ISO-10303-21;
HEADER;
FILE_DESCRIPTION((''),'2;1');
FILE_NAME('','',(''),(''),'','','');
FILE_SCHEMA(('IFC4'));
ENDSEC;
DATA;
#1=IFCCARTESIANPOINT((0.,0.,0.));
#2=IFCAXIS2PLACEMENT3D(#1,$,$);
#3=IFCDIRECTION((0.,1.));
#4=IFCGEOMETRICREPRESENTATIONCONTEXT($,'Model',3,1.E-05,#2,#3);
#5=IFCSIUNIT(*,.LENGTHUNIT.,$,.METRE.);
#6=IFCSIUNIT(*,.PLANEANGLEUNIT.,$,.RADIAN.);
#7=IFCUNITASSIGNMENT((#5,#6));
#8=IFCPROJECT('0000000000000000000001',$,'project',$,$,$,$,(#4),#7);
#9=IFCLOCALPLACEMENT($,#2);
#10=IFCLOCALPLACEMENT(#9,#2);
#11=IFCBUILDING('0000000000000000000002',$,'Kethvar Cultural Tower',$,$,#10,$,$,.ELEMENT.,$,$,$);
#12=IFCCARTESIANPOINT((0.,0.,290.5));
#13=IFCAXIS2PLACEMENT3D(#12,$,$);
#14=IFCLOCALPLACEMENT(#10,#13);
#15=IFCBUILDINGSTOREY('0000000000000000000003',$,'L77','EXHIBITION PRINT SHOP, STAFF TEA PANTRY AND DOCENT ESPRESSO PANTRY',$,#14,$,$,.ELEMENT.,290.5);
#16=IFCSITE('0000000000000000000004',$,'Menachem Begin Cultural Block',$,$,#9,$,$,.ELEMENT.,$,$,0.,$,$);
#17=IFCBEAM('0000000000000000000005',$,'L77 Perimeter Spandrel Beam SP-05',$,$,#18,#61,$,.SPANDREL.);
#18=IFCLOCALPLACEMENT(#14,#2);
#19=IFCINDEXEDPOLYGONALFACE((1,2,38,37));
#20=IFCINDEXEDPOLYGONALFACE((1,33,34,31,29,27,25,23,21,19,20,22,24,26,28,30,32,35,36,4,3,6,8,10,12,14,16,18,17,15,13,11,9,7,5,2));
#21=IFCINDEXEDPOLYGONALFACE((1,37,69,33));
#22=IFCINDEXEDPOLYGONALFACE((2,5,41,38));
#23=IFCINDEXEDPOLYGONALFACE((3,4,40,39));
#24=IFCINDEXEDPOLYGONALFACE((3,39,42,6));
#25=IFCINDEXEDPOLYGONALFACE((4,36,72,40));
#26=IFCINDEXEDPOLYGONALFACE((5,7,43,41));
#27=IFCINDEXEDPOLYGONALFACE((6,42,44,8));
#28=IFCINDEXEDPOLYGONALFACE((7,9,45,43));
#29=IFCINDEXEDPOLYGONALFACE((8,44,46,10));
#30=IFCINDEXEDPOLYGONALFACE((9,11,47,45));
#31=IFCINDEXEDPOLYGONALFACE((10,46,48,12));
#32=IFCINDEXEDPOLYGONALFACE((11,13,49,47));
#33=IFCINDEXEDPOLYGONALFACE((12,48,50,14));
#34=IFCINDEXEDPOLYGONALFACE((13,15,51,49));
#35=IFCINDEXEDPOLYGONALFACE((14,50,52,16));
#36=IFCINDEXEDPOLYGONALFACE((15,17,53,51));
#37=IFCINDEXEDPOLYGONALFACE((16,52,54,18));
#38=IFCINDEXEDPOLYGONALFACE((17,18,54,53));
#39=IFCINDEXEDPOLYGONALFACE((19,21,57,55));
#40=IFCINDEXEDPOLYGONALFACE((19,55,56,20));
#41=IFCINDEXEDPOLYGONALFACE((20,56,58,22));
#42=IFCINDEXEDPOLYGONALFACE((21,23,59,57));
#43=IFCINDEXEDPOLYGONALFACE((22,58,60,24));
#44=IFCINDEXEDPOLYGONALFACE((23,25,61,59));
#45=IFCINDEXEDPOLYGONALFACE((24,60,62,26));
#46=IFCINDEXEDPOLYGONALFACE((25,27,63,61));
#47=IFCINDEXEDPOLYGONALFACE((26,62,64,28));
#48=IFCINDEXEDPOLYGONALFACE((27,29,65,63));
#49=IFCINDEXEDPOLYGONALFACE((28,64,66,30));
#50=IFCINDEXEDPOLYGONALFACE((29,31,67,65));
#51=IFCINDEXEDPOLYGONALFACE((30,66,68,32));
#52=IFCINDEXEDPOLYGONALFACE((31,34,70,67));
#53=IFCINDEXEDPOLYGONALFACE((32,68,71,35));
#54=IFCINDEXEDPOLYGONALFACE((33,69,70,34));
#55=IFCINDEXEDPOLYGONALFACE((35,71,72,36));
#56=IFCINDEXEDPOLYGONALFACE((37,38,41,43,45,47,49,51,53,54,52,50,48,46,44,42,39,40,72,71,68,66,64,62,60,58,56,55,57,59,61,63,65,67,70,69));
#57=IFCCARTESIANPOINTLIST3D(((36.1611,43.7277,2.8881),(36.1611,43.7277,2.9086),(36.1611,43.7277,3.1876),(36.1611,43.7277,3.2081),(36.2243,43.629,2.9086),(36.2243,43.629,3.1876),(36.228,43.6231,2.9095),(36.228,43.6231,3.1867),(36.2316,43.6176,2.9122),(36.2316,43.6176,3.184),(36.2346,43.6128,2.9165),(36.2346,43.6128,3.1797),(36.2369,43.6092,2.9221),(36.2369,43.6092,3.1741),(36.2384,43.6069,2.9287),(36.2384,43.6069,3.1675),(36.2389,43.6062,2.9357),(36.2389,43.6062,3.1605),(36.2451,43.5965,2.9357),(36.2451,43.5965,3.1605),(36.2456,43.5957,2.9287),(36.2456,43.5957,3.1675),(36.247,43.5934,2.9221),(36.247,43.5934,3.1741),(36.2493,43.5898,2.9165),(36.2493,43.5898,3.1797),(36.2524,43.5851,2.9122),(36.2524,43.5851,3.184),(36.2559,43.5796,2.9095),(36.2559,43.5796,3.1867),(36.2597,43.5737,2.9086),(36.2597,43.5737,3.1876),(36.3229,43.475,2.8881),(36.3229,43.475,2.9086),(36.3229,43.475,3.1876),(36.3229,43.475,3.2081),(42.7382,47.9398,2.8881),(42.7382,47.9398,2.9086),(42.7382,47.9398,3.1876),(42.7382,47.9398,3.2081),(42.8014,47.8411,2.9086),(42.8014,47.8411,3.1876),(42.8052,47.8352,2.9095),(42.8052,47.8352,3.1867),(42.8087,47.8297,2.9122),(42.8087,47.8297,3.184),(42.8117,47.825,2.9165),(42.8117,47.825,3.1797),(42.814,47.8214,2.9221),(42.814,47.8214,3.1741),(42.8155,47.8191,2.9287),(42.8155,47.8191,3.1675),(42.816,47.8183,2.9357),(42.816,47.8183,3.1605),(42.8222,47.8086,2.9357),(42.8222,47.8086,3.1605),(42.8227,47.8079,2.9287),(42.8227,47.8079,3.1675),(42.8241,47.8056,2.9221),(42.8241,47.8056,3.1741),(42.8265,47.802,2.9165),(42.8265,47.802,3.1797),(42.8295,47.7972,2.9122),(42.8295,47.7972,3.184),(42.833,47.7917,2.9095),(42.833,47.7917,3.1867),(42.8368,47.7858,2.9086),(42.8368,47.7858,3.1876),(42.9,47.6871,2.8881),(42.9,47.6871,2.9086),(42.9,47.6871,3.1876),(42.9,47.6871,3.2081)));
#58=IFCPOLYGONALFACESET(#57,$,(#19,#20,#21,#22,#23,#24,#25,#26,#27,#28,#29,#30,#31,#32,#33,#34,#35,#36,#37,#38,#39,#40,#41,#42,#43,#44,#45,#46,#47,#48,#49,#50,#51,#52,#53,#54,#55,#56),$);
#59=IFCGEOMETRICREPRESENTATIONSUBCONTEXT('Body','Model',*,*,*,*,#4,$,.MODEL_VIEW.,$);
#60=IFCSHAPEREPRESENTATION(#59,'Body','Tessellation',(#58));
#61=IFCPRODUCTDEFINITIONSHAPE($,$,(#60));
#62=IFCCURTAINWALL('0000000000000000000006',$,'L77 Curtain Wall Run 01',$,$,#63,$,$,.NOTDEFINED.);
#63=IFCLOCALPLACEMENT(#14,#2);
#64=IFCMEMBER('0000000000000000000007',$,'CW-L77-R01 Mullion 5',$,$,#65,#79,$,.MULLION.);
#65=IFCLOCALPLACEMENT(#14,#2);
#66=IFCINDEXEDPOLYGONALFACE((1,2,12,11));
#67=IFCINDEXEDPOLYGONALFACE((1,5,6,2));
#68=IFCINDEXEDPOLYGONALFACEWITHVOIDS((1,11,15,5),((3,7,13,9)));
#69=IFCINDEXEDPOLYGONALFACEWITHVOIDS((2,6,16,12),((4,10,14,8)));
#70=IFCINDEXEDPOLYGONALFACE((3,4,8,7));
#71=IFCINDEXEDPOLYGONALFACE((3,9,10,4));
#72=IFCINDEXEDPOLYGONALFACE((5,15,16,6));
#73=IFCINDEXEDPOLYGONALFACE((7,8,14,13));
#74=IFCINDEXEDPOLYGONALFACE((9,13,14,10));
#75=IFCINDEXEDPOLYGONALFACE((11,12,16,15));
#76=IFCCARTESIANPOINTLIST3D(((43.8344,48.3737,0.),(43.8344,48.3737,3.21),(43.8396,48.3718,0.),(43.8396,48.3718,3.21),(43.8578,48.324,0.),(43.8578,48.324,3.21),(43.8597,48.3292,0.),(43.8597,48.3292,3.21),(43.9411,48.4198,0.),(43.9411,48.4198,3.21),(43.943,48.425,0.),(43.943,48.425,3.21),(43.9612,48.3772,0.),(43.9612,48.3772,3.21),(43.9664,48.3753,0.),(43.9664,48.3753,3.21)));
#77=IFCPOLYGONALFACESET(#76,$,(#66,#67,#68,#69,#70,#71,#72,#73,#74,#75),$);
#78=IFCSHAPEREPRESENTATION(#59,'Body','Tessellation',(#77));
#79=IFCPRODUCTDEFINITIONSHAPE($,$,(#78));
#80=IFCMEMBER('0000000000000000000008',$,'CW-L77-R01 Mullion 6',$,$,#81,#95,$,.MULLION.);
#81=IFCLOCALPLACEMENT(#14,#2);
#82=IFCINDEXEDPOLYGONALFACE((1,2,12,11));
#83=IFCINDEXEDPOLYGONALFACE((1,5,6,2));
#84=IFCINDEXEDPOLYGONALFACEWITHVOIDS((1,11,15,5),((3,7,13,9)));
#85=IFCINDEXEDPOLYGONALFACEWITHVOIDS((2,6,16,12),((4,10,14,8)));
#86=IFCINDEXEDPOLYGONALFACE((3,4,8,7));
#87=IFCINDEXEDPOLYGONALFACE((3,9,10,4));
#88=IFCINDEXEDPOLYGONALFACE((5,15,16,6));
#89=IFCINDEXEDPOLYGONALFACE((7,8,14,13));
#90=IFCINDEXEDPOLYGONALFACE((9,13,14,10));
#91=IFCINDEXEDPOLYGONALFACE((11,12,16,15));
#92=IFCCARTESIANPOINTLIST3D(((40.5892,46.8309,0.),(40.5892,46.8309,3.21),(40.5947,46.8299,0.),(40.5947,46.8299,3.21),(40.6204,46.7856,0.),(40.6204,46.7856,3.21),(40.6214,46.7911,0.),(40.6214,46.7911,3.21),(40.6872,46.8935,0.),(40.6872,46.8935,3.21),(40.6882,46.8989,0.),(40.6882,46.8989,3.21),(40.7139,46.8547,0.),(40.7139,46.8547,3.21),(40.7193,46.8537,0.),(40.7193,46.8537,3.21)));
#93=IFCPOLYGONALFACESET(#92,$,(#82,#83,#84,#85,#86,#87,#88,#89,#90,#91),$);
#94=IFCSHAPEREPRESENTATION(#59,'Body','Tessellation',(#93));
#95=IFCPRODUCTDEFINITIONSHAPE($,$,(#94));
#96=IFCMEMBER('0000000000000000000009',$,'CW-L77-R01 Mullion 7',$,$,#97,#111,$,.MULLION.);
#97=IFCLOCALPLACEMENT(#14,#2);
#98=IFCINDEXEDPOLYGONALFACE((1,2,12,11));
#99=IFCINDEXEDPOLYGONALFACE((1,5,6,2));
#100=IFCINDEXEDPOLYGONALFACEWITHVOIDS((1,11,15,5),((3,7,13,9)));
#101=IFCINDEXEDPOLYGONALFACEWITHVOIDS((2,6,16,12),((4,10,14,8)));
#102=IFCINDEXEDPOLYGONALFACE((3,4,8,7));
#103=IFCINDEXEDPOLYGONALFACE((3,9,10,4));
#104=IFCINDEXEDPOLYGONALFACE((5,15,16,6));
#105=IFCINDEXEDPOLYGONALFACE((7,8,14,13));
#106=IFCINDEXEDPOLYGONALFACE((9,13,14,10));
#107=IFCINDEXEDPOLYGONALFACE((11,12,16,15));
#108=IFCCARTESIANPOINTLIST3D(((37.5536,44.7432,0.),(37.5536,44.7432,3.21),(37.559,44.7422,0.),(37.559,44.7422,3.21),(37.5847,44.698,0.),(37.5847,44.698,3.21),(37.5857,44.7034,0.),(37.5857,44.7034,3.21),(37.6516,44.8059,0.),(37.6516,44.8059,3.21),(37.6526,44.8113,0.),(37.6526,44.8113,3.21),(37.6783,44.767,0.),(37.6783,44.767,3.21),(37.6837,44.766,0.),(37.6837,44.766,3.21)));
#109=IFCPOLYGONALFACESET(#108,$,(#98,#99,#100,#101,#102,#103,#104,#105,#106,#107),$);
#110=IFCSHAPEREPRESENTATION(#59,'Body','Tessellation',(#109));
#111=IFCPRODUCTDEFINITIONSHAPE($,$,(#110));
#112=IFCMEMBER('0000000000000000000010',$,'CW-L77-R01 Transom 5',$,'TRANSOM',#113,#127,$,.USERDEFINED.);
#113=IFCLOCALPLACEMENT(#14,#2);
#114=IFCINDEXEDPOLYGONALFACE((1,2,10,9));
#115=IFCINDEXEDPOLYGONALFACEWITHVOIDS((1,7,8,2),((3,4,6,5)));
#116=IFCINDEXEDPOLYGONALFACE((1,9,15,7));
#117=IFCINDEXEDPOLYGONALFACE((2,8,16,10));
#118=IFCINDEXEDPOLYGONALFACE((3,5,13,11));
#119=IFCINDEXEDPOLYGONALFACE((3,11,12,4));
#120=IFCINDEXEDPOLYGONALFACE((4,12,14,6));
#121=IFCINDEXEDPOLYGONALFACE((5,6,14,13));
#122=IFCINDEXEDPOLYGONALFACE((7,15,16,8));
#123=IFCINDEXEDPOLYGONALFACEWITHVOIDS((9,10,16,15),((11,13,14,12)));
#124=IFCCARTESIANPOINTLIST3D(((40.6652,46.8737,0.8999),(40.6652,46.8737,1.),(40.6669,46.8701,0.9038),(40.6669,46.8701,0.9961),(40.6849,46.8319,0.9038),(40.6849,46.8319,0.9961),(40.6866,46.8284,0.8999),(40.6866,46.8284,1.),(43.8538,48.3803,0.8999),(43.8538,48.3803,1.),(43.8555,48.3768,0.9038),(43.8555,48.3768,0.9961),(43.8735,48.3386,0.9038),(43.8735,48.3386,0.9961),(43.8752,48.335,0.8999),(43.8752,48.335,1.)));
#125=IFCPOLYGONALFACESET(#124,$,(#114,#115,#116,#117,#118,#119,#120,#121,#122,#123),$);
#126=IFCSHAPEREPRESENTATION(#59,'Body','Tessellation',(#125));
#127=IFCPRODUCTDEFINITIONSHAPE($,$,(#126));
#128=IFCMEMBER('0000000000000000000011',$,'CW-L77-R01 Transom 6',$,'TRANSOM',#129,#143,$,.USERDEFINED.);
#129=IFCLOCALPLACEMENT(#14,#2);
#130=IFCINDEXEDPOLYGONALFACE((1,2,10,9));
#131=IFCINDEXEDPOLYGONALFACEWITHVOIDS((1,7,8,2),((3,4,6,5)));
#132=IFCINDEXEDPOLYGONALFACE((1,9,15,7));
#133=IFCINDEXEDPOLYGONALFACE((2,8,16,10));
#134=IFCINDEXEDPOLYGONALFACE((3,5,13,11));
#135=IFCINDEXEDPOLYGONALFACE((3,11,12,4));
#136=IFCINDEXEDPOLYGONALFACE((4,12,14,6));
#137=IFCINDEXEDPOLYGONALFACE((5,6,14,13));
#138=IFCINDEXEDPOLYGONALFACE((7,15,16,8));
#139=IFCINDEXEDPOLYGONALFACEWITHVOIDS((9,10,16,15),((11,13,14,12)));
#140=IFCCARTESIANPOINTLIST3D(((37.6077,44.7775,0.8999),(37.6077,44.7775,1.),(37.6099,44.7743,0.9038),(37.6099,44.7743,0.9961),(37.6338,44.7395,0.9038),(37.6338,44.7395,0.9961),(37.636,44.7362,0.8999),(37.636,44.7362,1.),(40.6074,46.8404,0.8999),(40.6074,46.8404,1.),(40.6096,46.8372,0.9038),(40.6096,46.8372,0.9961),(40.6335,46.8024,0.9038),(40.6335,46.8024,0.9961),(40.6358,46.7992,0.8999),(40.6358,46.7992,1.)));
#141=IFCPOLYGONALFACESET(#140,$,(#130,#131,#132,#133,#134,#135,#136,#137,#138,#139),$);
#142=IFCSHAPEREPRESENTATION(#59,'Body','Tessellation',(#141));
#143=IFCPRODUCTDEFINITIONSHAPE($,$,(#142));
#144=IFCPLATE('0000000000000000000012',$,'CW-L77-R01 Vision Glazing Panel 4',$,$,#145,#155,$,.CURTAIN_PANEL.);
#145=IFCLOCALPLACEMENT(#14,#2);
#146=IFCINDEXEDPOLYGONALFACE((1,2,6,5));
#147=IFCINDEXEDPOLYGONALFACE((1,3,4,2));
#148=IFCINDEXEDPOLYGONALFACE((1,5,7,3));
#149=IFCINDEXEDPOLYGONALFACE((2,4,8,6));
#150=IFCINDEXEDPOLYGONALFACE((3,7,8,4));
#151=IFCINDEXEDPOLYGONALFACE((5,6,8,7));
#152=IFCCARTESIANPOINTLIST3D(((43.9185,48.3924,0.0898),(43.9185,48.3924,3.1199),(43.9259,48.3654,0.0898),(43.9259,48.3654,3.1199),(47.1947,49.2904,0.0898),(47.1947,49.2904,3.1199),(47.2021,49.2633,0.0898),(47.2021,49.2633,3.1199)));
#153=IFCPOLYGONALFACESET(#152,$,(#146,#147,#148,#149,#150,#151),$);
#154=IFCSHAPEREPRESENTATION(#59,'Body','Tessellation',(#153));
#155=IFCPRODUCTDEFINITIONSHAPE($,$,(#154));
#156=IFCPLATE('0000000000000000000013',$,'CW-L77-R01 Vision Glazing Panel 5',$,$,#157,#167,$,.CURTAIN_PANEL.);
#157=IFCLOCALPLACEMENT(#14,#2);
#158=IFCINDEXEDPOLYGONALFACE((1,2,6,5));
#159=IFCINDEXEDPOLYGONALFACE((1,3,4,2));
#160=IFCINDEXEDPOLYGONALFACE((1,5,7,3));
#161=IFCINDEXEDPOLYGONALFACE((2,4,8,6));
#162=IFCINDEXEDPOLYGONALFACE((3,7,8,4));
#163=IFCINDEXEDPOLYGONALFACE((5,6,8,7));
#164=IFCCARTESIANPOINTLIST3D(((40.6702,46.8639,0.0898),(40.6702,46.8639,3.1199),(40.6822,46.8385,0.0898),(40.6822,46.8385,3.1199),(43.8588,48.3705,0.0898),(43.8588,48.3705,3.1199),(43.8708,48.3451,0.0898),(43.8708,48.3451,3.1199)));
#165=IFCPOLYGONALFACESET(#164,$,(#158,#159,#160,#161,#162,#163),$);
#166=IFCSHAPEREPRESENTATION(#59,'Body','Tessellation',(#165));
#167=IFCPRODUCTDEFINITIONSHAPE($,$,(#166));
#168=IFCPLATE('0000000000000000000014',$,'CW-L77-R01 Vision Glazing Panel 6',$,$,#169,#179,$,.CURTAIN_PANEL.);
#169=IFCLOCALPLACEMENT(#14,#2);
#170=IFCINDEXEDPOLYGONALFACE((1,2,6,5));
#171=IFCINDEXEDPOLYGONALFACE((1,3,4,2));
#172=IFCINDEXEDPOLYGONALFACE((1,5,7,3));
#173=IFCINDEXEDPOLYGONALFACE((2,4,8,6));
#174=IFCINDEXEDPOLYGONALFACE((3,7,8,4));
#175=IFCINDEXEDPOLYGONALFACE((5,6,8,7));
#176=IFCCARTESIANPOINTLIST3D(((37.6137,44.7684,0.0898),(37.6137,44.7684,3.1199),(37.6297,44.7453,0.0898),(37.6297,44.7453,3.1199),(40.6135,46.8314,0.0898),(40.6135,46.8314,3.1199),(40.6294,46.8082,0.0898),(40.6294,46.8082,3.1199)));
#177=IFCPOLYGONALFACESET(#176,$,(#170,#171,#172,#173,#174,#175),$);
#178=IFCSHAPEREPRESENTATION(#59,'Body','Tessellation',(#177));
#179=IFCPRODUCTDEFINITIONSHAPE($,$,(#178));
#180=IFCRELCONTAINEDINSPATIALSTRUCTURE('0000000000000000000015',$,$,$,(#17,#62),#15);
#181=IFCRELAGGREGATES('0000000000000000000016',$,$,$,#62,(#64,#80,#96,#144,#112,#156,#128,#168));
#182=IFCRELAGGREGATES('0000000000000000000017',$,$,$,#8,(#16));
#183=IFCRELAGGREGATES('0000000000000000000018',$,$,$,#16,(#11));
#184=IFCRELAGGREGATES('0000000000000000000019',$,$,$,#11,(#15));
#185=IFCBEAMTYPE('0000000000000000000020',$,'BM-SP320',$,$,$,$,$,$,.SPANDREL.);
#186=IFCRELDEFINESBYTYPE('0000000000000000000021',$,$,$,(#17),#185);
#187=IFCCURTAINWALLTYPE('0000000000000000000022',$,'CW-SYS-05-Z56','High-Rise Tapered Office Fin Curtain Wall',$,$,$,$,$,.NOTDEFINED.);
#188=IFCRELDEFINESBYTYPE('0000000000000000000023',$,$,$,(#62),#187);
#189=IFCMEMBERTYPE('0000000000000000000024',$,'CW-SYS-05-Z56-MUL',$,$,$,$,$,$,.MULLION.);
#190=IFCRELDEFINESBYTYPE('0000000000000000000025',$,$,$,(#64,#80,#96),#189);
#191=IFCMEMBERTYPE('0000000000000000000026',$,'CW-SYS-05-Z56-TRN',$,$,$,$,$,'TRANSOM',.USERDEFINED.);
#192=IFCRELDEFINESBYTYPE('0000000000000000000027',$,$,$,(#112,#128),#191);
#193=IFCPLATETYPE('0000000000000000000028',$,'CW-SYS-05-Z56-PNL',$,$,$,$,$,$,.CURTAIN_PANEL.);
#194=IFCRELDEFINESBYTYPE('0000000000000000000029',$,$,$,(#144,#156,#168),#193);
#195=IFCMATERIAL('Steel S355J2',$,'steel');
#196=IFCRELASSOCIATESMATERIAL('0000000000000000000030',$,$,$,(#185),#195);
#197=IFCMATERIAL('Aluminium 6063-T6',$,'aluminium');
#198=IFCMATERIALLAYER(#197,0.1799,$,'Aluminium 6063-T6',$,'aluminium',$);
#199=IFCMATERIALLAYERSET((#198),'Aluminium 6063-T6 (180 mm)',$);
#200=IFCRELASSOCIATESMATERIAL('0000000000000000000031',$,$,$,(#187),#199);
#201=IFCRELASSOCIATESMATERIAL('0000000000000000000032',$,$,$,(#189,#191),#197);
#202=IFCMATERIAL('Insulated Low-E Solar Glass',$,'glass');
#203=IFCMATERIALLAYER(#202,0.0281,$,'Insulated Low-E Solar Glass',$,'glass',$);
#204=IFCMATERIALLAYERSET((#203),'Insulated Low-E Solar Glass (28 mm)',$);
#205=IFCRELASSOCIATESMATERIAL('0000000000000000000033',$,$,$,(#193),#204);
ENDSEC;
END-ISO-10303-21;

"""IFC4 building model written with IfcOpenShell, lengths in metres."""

from ifc_helpers import new_model, si_unit, direction, frame, origin, origin_2d, place, context, subcontext, project, spatial, rectangle, hollow_rectangle, i_section, extrude, source, transform, mapped, material, layer, layer_set, material_profile, profile_set, type_object, element, aggregate, save


model = new_model("IFC4")

# Units and contexts
model_context = context("Model", 3, precision=1e-05, world=origin(), true_north=direction((0.0, 1.0)))
body_context = subcontext(model_context, "Body", "Model", "MODEL_VIEW")
ifc_project = project(units=[si_unit("LENGTHUNIT", "METRE"), si_unit("PLANEANGLEUNIT", "RADIAN")], contexts=[model_context])

# Site, building, storey
site_placement = place(None, origin())
site = spatial("IfcSite", under=ifc_project, at=site_placement, Name="Menachem Begin Cultural Block", CompositionType="ELEMENT", RefElevation=0.0)
building_placement = place(site_placement, origin())
building = spatial("IfcBuilding", under=site, at=building_placement, Name="Kethvar Cultural Tower", CompositionType="ELEMENT")
storey_placement = place(building_placement, frame((0.0, 0.0, 290.5)))
storey = spatial("IfcBuildingStorey", under=building, at=storey_placement, Name="L77", Description="EXHIBITION PRINT SHOP, STAFF TEA PANTRY AND DOCENT ESPRESSO PANTRY", CompositionType="ELEMENT", Elevation=290.5)

# Shared definitions
ifc_material_1 = material(Name="Steel S355J2", Category="steel")

# Beam
ifc_material_profile_1 = material_profile(ifc_material_1, i_section(OverallWidth=0.3, OverallDepth=0.3201, WebThickness=0.0115, FlangeThickness=0.0205, FilletRadius=0.0271, at=origin_2d()), Name="Steel S355J2 — HEB320")
ifc_profile_set_1 = profile_set([ifc_material_profile_1], Name="Steel S355J2 — HEB320")
beam_type_1 = type_object("IfcBeamType", Name="BM-SP320", PredefinedType="SPANDREL", material=ifc_profile_set_1)
shared_shape_1 = source(origin(), body_context, "Body", "SweptSolid", [
    extrude(i_section(OverallWidth=0.3, OverallDepth=0.3201, WebThickness=0.0115, FlangeThickness=0.0205, FilletRadius=0.0271, at=origin_2d()), origin(), (0.0, 0.0, 1.0), 7.8103),
])
beam_1_placement = place(storey_placement, frame((42.8191, 47.8135, 3.0481), z_axis=(-0.84211, -0.539306, 0.0), x_axis=(0.539306, -0.84211, 0.0)))
element("IfcBeam", 1, at=beam_1_placement, inside=storey, type_object=beam_type_1, Name="L77 Perimeter Spandrel Beam SP-05", PredefinedType="SPANDREL", context=body_context, shape_type="MappedRepresentation", body=[
    mapped(shared_shape_1, transform((0.0, 0.0, 0.0), scale=1.0)),
])

# Curtain wall, members, plates
ifc_material_2 = material(Name="Aluminium 6063-T6", Category="aluminium")
ifc_layer_1 = layer(ifc_material_2, 0.1799, Name="Aluminium 6063-T6", Category="aluminium")
ifc_layer_set_1 = layer_set([ifc_layer_1], Name="Aluminium 6063-T6 (180 mm)")
curtain_wall_type = type_object("IfcCurtainWallType", Name="CW-SYS-05-Z56", Description="High-Rise Tapered Office Fin Curtain Wall", PredefinedType="NOTDEFINED", material=ifc_layer_set_1)
curtain_wall_placement = place(storey_placement, origin())
curtain_wall = element("IfcCurtainWall", 2, at=curtain_wall_placement, inside=storey, type_object=curtain_wall_type, Name="L77 Curtain Wall Run 01", PredefinedType="NOTDEFINED")
ifc_material_profile_2 = material_profile(ifc_material_2, hollow_rectangle(XDim=0.0549, YDim=0.1201, WallThickness=0.0039, at=origin_2d()), Name="Aluminium 6063-T6 — RHS120x55x4")
ifc_profile_set_2 = profile_set([ifc_material_profile_2], Name="Aluminium 6063-T6 — RHS120x55x4")
member_type_1 = type_object("IfcMemberType", Name="CW-SYS-05-Z56-MUL", PredefinedType="MULLION", material=ifc_profile_set_2)
shared_shape_2 = source(origin(), body_context, "Body", "SweptSolid", [
    extrude(hollow_rectangle(XDim=0.0549, YDim=0.1201, WallThickness=0.0039, at=origin_2d()), origin(), (0.0, 0.0, 1.0), 3.21),
])
member_1_placement = place(storey_placement, frame((43.9004, 48.3745, 0.0), z_axis=(0.0, 0.0, 1.0), x_axis=(0.427216, -0.90415, 0.0)))
member_1 = element("IfcMember", 3, at=member_1_placement, type_object=member_type_1, Name="CW-L77-R01 Mullion 5", PredefinedType="MULLION", context=body_context, shape_type="MappedRepresentation", body=[
    mapped(shared_shape_2, transform((0.0, 0.0, 0.0), scale=1.0)),
])
member_2_placement = place(storey_placement, frame((40.6543, 46.8423, 0.0), z_axis=(0.0, 0.0, 1.0), x_axis=(0.566636, -0.823968, 0.0)))
member_2 = element("IfcMember", 4, at=member_2_placement, type_object=member_type_1, Name="CW-L77-R01 Mullion 6", PredefinedType="MULLION", context=body_context, shape_type="MappedRepresentation", body=[
    mapped(shared_shape_2, transform((0.0, 0.0, 0.0), scale=1.0)),
])
member_3_placement = place(storey_placement, frame((37.6187, 44.7546, 0.0), z_axis=(0.0, 0.0, 1.0), x_axis=(0.566636, -0.823968, 0.0)))
member_3 = element("IfcMember", 5, at=member_3_placement, type_object=member_type_1, Name="CW-L77-R01 Mullion 7", PredefinedType="MULLION", context=body_context, shape_type="MappedRepresentation", body=[
    mapped(shared_shape_2, transform((0.0, 0.0, 0.0), scale=1.0)),
])
ifc_material_profile_3 = material_profile(ifc_material_2, hollow_rectangle(XDim=0.05, YDim=0.1001, WallThickness=0.0039, at=origin_2d()), Name="Aluminium 6063-T6 — RHS100x50x4")
ifc_profile_set_3 = profile_set([ifc_material_profile_3], Name="Aluminium 6063-T6 — RHS100x50x4")
member_type_2 = type_object("IfcMemberType", Name="CW-SYS-05-Z56-TRN", ElementType="TRANSOM", PredefinedType="USERDEFINED", material=ifc_profile_set_3)
shared_shape_3 = source(origin(), body_context, "Body", "SweptSolid", [
    extrude(hollow_rectangle(XDim=0.05, YDim=0.1001, WallThickness=0.0039, at=origin_2d()), origin(), (0.0, 0.0, 1.0), 3.5266),
])
member_4_placement = place(storey_placement, frame((43.8645, 48.3577, 0.95), z_axis=(-0.904148, -0.42722, 0.0), x_axis=(0.42722, -0.904148, 0.0)))
member_4 = element("IfcMember", 6, at=member_4_placement, type_object=member_type_2, Name="CW-L77-R01 Transom 5", ObjectType="TRANSOM", PredefinedType="USERDEFINED", context=body_context, shape_type="MappedRepresentation", body=[
    mapped(shared_shape_3, transform((0.0, 0.0, 0.0), scale=1.0)),
])
shared_shape_4 = source(origin(), body_context, "Body", "SweptSolid", [
    extrude(hollow_rectangle(XDim=0.05, YDim=0.1001, WallThickness=0.0039, at=origin_2d()), origin(), (0.0, 0.0, 1.0), 3.6406),
])
member_5_placement = place(storey_placement, frame((40.6216, 46.8198, 0.95), z_axis=(-0.823958, -0.566651, 0.0), x_axis=(0.566651, -0.823958, 0.0)))
member_5 = element("IfcMember", 7, at=member_5_placement, type_object=member_type_2, Name="CW-L77-R01 Transom 6", ObjectType="TRANSOM", PredefinedType="USERDEFINED", context=body_context, shape_type="MappedRepresentation", body=[
    mapped(shared_shape_4, transform((0.0, 0.0, 0.0), scale=1.0)),
])
ifc_material_3 = material(Name="Insulated Low-E Solar Glass", Category="glass")
ifc_layer_2 = layer(ifc_material_3, 0.0281, Name="Insulated Low-E Solar Glass", Category="glass")
ifc_layer_set_2 = layer_set([ifc_layer_2], Name="Insulated Low-E Solar Glass (28 mm)")
plate_type = type_object("IfcPlateType", Name="CW-SYS-05-Z56-PNL", PredefinedType="CURTAIN_PANEL", material=ifc_layer_set_2)
shared_shape_5 = source(origin(), body_context, "Body", "SweptSolid", [
    extrude(rectangle(XDim=3.397, YDim=0.0281, at=origin_2d()), origin(), (0.0, 0.0, 1.0), 3.03),
])
plate_1_placement = place(storey_placement, frame((45.5603, 48.8279, 0.0898), z_axis=(0.0, 0.0, 1.0), x_axis=(-0.964428, -0.264344, 0.0)))
plate_1 = element("IfcPlate", 8, at=plate_1_placement, type_object=plate_type, Name="CW-L77-R01 Vision Glazing Panel 4", PredefinedType="CURTAIN_PANEL", context=body_context, shape_type="MappedRepresentation", body=[
    mapped(shared_shape_5, transform((0.0, 0.0, 0.0), scale=1.0)),
])
shared_shape_6 = source(origin(), body_context, "Body", "SweptSolid", [
    extrude(rectangle(XDim=3.5266, YDim=0.0281, at=origin_2d()), origin(), (0.0, 0.0, 1.0), 3.03),
])
plate_2_placement = place(storey_placement, frame((42.2705, 47.6045, 0.0898), z_axis=(0.0, 0.0, 1.0), x_axis=(-0.90415, -0.427216, 0.0)))
plate_2 = element("IfcPlate", 9, at=plate_2_placement, type_object=plate_type, Name="CW-L77-R01 Vision Glazing Panel 5", PredefinedType="CURTAIN_PANEL", context=body_context, shape_type="MappedRepresentation", body=[
    mapped(shared_shape_6, transform((0.0, 0.0, 0.0), scale=1.0)),
])
shared_shape_7 = source(origin(), body_context, "Body", "SweptSolid", [
    extrude(rectangle(XDim=3.6406, YDim=0.0281, at=origin_2d()), origin(), (0.0, 0.0, 1.0), 3.03),
])
plate_3_placement = place(storey_placement, frame((39.1216, 45.7883, 0.0898), z_axis=(0.0, 0.0, 1.0), x_axis=(-0.823968, -0.566636, 0.0)))
plate_3 = element("IfcPlate", 10, at=plate_3_placement, type_object=plate_type, Name="CW-L77-R01 Vision Glazing Panel 6", PredefinedType="CURTAIN_PANEL", context=body_context, shape_type="MappedRepresentation", body=[
    mapped(shared_shape_7, transform((0.0, 0.0, 0.0), scale=1.0)),
])
aggregate(curtain_wall, [member_1, member_2, member_3, plate_1, member_4, plate_2, member_5, plate_3])

save(model, "model.ifc")
